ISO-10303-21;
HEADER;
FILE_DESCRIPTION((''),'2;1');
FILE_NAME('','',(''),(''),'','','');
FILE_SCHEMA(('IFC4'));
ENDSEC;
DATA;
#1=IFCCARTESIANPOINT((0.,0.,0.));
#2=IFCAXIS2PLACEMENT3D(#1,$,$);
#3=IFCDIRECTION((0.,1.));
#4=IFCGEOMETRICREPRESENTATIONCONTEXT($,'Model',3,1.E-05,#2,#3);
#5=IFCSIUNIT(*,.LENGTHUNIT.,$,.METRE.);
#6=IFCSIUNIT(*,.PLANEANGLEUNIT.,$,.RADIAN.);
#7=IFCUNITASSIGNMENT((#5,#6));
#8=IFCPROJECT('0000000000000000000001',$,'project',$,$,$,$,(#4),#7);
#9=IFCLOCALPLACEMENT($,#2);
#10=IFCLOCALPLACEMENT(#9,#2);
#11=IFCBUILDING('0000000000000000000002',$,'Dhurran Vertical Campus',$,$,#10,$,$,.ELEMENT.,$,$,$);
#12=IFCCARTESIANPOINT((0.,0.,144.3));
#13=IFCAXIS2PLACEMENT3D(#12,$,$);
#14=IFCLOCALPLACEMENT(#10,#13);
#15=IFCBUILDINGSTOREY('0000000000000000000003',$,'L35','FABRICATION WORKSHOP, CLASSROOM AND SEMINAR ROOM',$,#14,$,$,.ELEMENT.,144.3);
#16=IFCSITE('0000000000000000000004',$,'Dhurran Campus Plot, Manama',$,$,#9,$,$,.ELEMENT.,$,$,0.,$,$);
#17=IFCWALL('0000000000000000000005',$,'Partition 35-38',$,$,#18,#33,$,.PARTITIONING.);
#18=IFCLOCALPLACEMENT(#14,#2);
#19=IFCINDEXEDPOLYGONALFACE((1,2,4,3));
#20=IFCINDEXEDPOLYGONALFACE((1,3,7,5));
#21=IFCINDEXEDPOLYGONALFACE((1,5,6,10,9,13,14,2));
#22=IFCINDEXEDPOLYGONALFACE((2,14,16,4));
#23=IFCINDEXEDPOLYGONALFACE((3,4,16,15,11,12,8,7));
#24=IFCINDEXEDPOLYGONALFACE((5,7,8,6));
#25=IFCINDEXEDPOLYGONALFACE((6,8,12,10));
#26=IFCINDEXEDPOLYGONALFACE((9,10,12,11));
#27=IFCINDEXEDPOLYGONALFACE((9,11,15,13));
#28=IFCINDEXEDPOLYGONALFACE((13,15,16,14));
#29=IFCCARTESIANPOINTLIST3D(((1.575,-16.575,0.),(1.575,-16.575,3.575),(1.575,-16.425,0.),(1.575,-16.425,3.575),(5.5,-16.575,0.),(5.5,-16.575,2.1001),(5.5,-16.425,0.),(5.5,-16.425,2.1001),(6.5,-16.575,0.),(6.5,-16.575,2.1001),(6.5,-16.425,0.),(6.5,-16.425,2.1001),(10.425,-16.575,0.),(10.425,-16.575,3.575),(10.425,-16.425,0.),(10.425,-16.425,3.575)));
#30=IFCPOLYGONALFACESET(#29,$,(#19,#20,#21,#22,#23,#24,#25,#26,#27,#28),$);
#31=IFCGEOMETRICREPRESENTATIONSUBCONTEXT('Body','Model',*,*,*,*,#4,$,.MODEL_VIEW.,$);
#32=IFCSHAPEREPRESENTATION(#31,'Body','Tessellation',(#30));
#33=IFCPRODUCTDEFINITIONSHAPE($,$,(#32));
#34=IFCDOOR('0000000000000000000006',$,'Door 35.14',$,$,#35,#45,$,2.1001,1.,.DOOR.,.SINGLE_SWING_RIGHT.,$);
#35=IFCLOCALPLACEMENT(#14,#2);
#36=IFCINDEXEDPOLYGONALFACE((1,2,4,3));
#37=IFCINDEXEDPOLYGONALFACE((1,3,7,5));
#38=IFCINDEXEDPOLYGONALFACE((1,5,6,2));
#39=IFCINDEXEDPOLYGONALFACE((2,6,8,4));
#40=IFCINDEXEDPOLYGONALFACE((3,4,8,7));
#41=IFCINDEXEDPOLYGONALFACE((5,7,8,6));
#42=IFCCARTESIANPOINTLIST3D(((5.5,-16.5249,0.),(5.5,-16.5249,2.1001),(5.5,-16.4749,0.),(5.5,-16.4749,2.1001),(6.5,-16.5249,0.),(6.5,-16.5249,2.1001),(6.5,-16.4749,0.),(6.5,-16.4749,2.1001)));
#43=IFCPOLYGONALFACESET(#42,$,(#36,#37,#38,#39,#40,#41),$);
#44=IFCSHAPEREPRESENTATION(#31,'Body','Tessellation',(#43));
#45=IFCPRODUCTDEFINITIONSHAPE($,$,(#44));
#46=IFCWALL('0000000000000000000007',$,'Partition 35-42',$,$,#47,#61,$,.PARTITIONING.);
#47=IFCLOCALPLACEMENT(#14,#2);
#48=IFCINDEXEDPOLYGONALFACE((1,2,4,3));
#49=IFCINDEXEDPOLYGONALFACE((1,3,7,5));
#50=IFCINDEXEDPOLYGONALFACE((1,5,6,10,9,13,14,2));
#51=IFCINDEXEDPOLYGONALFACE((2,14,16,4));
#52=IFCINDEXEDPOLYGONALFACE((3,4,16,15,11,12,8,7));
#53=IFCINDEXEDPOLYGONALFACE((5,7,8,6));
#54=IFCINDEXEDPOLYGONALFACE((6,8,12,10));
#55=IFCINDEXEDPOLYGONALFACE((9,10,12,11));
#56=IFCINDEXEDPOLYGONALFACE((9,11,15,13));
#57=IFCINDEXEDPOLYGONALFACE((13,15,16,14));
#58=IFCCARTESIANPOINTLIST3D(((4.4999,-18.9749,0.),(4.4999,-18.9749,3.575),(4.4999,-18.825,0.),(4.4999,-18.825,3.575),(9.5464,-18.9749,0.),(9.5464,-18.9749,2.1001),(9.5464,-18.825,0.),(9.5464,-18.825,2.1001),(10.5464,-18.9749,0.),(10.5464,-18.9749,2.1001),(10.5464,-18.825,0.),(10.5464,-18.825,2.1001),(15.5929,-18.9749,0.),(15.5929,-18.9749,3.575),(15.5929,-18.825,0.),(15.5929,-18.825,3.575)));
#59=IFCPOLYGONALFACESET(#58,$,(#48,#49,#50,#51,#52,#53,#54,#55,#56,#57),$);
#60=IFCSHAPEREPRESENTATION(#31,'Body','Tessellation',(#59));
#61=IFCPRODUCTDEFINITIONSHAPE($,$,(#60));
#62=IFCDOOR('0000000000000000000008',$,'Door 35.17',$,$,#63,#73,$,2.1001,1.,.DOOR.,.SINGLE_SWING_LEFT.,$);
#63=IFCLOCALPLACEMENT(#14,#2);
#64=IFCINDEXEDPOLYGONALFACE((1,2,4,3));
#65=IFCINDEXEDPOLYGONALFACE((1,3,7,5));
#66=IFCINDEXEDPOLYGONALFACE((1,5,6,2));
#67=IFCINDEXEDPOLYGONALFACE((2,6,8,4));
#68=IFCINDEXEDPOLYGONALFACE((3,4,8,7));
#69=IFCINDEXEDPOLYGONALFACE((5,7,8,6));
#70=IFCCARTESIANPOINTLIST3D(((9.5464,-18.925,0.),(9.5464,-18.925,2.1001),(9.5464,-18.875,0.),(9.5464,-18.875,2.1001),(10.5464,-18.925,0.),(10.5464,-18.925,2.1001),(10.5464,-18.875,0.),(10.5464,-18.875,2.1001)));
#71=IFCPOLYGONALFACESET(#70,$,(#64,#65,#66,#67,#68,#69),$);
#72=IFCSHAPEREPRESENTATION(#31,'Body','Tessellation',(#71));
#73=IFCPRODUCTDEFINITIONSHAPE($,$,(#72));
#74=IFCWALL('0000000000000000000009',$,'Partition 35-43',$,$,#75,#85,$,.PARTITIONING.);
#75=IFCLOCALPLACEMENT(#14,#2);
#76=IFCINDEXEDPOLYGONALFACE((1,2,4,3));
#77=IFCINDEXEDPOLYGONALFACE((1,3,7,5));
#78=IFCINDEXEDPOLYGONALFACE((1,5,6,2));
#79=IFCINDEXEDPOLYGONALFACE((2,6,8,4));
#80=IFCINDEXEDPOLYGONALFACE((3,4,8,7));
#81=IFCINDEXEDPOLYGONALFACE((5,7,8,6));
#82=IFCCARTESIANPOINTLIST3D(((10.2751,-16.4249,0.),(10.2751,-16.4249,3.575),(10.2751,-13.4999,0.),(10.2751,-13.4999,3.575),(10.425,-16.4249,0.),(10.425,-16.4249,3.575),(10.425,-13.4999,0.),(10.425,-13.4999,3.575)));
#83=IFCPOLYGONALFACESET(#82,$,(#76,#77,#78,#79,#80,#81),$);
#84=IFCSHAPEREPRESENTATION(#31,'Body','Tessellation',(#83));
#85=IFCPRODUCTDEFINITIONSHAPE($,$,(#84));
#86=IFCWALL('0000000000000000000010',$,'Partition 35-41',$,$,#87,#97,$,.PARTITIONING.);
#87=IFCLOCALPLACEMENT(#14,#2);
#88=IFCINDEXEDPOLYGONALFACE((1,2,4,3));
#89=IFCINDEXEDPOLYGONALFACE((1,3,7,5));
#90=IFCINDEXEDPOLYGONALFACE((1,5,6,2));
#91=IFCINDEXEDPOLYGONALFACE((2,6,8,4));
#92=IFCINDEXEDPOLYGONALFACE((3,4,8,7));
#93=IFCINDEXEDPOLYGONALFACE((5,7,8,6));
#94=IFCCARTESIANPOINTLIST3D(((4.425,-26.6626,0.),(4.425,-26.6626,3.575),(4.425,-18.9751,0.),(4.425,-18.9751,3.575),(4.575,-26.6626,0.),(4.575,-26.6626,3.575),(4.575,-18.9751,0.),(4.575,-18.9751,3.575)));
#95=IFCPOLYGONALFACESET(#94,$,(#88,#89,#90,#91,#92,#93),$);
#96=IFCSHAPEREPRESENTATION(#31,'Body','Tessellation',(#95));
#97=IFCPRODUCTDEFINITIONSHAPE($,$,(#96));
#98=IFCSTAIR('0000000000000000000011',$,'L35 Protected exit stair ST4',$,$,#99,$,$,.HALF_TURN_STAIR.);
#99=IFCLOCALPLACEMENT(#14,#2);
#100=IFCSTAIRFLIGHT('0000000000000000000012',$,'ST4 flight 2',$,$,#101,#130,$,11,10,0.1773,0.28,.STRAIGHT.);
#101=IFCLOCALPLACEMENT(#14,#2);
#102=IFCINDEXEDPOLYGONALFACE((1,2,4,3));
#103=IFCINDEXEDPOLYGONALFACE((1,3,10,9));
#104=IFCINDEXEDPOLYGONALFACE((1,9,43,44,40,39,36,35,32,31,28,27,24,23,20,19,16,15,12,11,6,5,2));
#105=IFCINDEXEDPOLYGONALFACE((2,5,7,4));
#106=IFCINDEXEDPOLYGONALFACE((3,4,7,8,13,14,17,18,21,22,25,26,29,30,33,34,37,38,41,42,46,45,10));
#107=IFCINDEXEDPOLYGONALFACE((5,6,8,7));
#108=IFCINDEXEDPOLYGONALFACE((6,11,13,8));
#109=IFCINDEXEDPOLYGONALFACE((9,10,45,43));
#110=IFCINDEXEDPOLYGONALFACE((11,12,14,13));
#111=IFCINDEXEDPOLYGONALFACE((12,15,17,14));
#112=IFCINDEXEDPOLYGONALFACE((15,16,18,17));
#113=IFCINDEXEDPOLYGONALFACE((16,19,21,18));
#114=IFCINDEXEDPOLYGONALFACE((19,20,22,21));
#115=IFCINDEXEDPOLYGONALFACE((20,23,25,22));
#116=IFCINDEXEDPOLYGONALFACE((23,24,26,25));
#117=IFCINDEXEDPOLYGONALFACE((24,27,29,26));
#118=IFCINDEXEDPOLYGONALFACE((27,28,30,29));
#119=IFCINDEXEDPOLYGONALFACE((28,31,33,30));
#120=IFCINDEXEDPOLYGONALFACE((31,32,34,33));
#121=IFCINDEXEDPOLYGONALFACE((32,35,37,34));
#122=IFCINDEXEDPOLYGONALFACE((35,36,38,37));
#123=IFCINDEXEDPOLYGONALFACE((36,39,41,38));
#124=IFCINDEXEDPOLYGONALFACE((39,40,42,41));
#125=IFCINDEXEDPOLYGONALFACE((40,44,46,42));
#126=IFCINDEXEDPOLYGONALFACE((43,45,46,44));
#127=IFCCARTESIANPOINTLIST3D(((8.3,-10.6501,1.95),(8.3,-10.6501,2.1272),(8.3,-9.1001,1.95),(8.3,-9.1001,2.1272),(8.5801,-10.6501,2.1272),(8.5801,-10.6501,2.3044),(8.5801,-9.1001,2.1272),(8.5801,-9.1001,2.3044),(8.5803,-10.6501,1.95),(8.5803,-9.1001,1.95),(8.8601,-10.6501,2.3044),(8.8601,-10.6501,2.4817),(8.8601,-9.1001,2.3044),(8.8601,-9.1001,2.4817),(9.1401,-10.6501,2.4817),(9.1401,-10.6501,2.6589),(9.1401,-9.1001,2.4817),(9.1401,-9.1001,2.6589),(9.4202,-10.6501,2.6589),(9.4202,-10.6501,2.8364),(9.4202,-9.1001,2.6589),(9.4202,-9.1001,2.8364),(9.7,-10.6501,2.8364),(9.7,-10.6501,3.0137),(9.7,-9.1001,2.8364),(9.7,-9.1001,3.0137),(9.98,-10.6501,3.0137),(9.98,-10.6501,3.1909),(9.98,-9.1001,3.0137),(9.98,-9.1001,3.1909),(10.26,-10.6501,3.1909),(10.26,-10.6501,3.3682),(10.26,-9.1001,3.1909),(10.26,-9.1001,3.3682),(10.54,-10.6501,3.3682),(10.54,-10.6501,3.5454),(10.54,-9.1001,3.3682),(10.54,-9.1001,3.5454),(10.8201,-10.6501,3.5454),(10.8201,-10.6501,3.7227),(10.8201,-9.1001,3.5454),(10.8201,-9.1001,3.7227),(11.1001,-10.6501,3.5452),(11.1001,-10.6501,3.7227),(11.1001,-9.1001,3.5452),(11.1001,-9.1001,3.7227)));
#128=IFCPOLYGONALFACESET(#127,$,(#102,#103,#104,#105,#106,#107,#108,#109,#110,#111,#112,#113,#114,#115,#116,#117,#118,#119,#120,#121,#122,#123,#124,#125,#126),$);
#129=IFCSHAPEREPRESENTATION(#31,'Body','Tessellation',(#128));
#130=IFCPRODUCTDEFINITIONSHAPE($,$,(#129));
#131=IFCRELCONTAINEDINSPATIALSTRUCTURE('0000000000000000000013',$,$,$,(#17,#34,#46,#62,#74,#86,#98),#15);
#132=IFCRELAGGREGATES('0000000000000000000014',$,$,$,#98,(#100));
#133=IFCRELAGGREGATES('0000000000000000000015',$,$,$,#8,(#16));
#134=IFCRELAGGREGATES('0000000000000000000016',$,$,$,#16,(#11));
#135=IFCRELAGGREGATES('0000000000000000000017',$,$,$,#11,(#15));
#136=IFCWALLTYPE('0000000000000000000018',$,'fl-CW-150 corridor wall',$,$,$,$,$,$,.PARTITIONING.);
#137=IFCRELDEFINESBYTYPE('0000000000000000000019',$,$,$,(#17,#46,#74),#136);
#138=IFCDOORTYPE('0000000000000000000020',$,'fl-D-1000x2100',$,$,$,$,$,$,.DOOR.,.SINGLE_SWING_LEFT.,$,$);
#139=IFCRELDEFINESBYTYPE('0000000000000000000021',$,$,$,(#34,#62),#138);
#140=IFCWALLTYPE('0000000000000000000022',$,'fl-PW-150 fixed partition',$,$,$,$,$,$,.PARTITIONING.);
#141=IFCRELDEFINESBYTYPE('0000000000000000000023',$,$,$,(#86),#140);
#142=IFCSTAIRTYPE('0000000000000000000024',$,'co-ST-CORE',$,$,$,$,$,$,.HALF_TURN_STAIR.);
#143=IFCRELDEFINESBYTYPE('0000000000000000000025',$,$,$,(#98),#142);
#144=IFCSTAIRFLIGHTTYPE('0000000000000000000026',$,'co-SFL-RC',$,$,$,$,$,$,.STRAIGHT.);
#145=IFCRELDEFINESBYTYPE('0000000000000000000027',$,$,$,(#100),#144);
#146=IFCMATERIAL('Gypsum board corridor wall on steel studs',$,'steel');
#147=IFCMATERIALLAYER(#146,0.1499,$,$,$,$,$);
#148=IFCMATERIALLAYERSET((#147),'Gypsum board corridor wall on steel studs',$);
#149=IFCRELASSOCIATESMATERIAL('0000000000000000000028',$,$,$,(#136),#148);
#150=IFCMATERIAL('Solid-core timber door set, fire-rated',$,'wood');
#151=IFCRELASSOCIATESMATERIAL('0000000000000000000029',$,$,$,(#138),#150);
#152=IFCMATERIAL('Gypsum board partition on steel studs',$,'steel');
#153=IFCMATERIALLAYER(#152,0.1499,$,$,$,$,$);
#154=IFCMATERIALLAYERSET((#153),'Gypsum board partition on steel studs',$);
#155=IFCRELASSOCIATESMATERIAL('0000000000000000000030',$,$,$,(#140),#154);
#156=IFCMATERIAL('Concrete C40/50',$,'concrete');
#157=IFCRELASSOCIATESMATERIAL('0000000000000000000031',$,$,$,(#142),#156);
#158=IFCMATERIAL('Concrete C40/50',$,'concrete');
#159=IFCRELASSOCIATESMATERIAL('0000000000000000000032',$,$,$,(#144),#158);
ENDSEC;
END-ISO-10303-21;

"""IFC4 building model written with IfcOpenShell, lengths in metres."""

from ifc_helpers import new_model, si_unit, direction, frame, frame_2d, origin, place, context, subcontext, project, spatial, polyline, rectangle, outline, extrude, material, layer, layer_set, type_object, element, fill, aggregate, save


model = new_model("IFC4")

# Units and contexts
model_context = context("Model", 3, precision=1e-05, world=origin(), true_north=direction((0.0, 1.0)))
body_context = subcontext(model_context, "Body", "Model", "MODEL_VIEW")
ifc_project = project(units=[si_unit("LENGTHUNIT", "METRE"), si_unit("PLANEANGLEUNIT", "RADIAN")], contexts=[model_context])

# Site, building, storey
site_placement = place(None, origin())
site = spatial("IfcSite", under=ifc_project, at=site_placement, Name="Dhurran Campus Plot, Manama", CompositionType="ELEMENT", RefElevation=0.0)
building_placement = place(site_placement, origin())
building = spatial("IfcBuilding", under=site, at=building_placement, Name="Dhurran Vertical Campus", CompositionType="ELEMENT")
storey_placement = place(building_placement, frame((0.0, 0.0, 144.3)))
storey = spatial("IfcBuildingStorey", under=building, at=storey_placement, Name="L35", Description="FABRICATION WORKSHOP, CLASSROOM AND SEMINAR ROOM", CompositionType="ELEMENT", Elevation=144.3)

# Shared definitions
ifc_material_1 = material(Name="Gypsum board corridor wall on steel studs", Category="steel")
ifc_layer_1 = layer(ifc_material_1, 0.1499)
ifc_layer_set_1 = layer_set([ifc_layer_1], Name="Gypsum board corridor wall on steel studs")
wall_type_1 = type_object("IfcWallType", Name="fl-CW-150 corridor wall", PredefinedType="PARTITIONING", material=ifc_layer_set_1)

# Walls, openings, doors
wall_1_placement = place(storey_placement, frame((10.425, -16.5, 0.0), z_axis=(0.0, 0.0, 1.0), x_axis=(-1.0, 0.0, 0.0)))
wall_1 = element("IfcWall", 1, at=wall_1_placement, inside=storey, type_object=wall_type_1, Name="Partition 35-38", PredefinedType="PARTITIONING", context=body_context, shape_type="SweptSolid", body=[
    extrude(rectangle(XDim=8.8501, YDim=0.1499, at=frame_2d((4.425, 0.0))), origin(), (0.0, 0.0, 1.0), 3.575),
])
opening_1_placement = place(wall_1_placement, frame((3.925, 0.0, 0.0)))
opening_1 = element("IfcOpeningElement", 2, at=opening_1_placement, cuts=wall_1, PredefinedType="OPENING", context=body_context, shape_type="SweptSolid", body=[
    extrude(rectangle(XDim=1.0, YDim=2.1001, at=frame_2d((0.5, 1.05))), frame((0.0, 0.085, 0.0), z_axis=(0.0, -1.0, 0.0), x_axis=(1.0, 0.0, 0.0)), (0.0, 0.0, 1.0), 0.1699),
])
ifc_material_2 = material(Name="Solid-core timber door set, fire-rated", Category="wood")
door_type_1 = type_object("IfcDoorType", Name="fl-D-1000x2100", OperationType="SINGLE_SWING_LEFT", PredefinedType="DOOR", material=ifc_material_2)
door_1_placement = place(opening_1_placement, origin())
door_1 = element("IfcDoor", 3, at=door_1_placement, inside=storey, type_object=door_type_1, Name="Door 35.14", OperationType="SINGLE_SWING_RIGHT", OverallHeight=2.1001, OverallWidth=1.0, PredefinedType="DOOR", context=body_context, shape_type="SweptSolid", body=[
    extrude(rectangle(XDim=1.0, YDim=2.1001, at=frame_2d((0.5, 1.05))), frame((0.0, 0.0249, 0.0), z_axis=(0.0, -1.0, 0.0), x_axis=(1.0, 0.0, 0.0)), (0.0, 0.0, 1.0), 0.05),
])
fill(opening_1, door_1)
wall_2_placement = place(storey_placement, frame((4.5, -18.8999, 0.0), z_axis=(0.0, 0.0, 1.0), x_axis=(1.0, 0.0, 0.0)))
wall_2 = element("IfcWall", 4, at=wall_2_placement, inside=storey, type_object=wall_type_1, Name="Partition 35-42", PredefinedType="PARTITIONING", context=body_context, shape_type="SweptSolid", body=[
    extrude(rectangle(XDim=11.093, YDim=0.1499, at=frame_2d((5.5464, 0.0))), origin(), (0.0, 0.0, 1.0), 3.575),
])
opening_2_placement = place(wall_2_placement, frame((5.0464, 0.0, 0.0)))
opening_2 = element("IfcOpeningElement", 5, at=opening_2_placement, cuts=wall_2, PredefinedType="OPENING", context=body_context, shape_type="SweptSolid", body=[
    extrude(rectangle(XDim=1.0, YDim=2.1001, at=frame_2d((0.5, 1.05))), frame((0.0, 0.085, 0.0), z_axis=(0.0, -1.0, 0.0), x_axis=(1.0, 0.0, 0.0)), (0.0, 0.0, 1.0), 0.1699),
])
door_2_placement = place(opening_2_placement, origin())
door_2 = element("IfcDoor", 6, at=door_2_placement, inside=storey, type_object=door_type_1, Name="Door 35.17", OperationType="SINGLE_SWING_LEFT", OverallHeight=2.1001, OverallWidth=1.0, PredefinedType="DOOR", context=body_context, shape_type="SweptSolid", body=[
    extrude(rectangle(XDim=1.0, YDim=2.1001, at=frame_2d((0.5, 1.05))), frame((0.0, 0.0249, 0.0), z_axis=(0.0, -1.0, 0.0), x_axis=(1.0, 0.0, 0.0)), (0.0, 0.0, 1.0), 0.05),
])
fill(opening_2, door_2)

# Walls
wall_3_placement = place(storey_placement, frame((10.3501, -13.5, 0.0), z_axis=(0.0, 0.0, 1.0), x_axis=(0.0, -1.0, 0.0)))
element("IfcWall", 7, at=wall_3_placement, inside=storey, type_object=wall_type_1, Name="Partition 35-43", PredefinedType="PARTITIONING", context=body_context, shape_type="SweptSolid", body=[
    extrude(rectangle(XDim=2.925, YDim=0.1499, at=frame_2d((1.4624, 0.0))), origin(), (0.0, 0.0, 1.0), 3.575),
])
ifc_material_3 = material(Name="Gypsum board partition on steel studs", Category="steel")
ifc_layer_2 = layer(ifc_material_3, 0.1499)
ifc_layer_set_2 = layer_set([ifc_layer_2], Name="Gypsum board partition on steel studs")
wall_type_2 = type_object("IfcWallType", Name="fl-PW-150 fixed partition", PredefinedType="PARTITIONING", material=ifc_layer_set_2)
wall_4_placement = place(storey_placement, frame((4.5, -18.9751, 0.0), z_axis=(0.0, 0.0, 1.0), x_axis=(0.0, -1.0, 0.0)))
element("IfcWall", 8, at=wall_4_placement, inside=storey, type_object=wall_type_2, Name="Partition 35-41", PredefinedType="PARTITIONING", context=body_context, shape_type="SweptSolid", body=[
    extrude(rectangle(XDim=7.6875, YDim=0.1499, at=frame_2d((3.8438, 0.0))), origin(), (0.0, 0.0, 1.0), 3.575),
])

# Stair, stair flight
ifc_material_4 = material(Name="Concrete C40/50", Category="concrete")
stair_type = type_object("IfcStairType", Name="co-ST-CORE", PredefinedType="HALF_TURN_STAIR", material=ifc_material_4)
stair_placement = place(storey_placement, origin())
stair = element("IfcStair", 9, at=stair_placement, inside=storey, type_object=stair_type, Name="L35 Protected exit stair ST4", PredefinedType="HALF_TURN_STAIR")
ifc_material_5 = material(Name="Concrete C40/50", Category="concrete")
stair_flight_type = type_object("IfcStairFlightType", Name="co-SFL-RC", PredefinedType="STRAIGHT", material=ifc_material_5)
stair_flight_placement = place(storey_placement, frame((8.3, -9.875, 1.95), z_axis=(0.0, 0.0, 1.0), x_axis=(1.0, 0.0, 0.0)))
stair_flight = element("IfcStairFlight", 10, at=stair_flight_placement, type_object=stair_flight_type, Name="ST4 flight 2", NumberOfRisers=11, NumberOfTreads=10, PredefinedType="STRAIGHT", RiserHeight=0.1773, TreadLength=0.28, context=body_context, shape_type="SweptSolid", body=[
    extrude(outline(polyline([(0.0, 0.0), (0.0, 0.1772), (0.28, 0.1772), (0.28, 0.3545), (0.5601, 0.3545), (0.5601, 0.5317), (0.8401, 0.5317), (0.8401, 0.709), (1.1201, 0.709), (1.1201, 0.8865), (1.3999, 0.8865), (1.3999, 1.0637), (1.6799, 1.0637), (1.6799, 1.241), (1.96, 1.241), (1.96, 1.4182), (2.24, 1.4182), (2.24, 1.5955), (2.52, 1.5955), (2.52, 1.7727), (2.8, 1.7727), (2.8, 1.95), (2.8, 1.5952), (0.2803, 0.0), (0.0, 0.0)])), frame((0.0, 0.7749, 0.0), z_axis=(0.0, -1.0, 0.0), x_axis=(1.0, 0.0, 0.0)), (0.0, 0.0, 1.0), 1.55),
])
aggregate(stair, [stair_flight])

save(model, "model.ifc")
